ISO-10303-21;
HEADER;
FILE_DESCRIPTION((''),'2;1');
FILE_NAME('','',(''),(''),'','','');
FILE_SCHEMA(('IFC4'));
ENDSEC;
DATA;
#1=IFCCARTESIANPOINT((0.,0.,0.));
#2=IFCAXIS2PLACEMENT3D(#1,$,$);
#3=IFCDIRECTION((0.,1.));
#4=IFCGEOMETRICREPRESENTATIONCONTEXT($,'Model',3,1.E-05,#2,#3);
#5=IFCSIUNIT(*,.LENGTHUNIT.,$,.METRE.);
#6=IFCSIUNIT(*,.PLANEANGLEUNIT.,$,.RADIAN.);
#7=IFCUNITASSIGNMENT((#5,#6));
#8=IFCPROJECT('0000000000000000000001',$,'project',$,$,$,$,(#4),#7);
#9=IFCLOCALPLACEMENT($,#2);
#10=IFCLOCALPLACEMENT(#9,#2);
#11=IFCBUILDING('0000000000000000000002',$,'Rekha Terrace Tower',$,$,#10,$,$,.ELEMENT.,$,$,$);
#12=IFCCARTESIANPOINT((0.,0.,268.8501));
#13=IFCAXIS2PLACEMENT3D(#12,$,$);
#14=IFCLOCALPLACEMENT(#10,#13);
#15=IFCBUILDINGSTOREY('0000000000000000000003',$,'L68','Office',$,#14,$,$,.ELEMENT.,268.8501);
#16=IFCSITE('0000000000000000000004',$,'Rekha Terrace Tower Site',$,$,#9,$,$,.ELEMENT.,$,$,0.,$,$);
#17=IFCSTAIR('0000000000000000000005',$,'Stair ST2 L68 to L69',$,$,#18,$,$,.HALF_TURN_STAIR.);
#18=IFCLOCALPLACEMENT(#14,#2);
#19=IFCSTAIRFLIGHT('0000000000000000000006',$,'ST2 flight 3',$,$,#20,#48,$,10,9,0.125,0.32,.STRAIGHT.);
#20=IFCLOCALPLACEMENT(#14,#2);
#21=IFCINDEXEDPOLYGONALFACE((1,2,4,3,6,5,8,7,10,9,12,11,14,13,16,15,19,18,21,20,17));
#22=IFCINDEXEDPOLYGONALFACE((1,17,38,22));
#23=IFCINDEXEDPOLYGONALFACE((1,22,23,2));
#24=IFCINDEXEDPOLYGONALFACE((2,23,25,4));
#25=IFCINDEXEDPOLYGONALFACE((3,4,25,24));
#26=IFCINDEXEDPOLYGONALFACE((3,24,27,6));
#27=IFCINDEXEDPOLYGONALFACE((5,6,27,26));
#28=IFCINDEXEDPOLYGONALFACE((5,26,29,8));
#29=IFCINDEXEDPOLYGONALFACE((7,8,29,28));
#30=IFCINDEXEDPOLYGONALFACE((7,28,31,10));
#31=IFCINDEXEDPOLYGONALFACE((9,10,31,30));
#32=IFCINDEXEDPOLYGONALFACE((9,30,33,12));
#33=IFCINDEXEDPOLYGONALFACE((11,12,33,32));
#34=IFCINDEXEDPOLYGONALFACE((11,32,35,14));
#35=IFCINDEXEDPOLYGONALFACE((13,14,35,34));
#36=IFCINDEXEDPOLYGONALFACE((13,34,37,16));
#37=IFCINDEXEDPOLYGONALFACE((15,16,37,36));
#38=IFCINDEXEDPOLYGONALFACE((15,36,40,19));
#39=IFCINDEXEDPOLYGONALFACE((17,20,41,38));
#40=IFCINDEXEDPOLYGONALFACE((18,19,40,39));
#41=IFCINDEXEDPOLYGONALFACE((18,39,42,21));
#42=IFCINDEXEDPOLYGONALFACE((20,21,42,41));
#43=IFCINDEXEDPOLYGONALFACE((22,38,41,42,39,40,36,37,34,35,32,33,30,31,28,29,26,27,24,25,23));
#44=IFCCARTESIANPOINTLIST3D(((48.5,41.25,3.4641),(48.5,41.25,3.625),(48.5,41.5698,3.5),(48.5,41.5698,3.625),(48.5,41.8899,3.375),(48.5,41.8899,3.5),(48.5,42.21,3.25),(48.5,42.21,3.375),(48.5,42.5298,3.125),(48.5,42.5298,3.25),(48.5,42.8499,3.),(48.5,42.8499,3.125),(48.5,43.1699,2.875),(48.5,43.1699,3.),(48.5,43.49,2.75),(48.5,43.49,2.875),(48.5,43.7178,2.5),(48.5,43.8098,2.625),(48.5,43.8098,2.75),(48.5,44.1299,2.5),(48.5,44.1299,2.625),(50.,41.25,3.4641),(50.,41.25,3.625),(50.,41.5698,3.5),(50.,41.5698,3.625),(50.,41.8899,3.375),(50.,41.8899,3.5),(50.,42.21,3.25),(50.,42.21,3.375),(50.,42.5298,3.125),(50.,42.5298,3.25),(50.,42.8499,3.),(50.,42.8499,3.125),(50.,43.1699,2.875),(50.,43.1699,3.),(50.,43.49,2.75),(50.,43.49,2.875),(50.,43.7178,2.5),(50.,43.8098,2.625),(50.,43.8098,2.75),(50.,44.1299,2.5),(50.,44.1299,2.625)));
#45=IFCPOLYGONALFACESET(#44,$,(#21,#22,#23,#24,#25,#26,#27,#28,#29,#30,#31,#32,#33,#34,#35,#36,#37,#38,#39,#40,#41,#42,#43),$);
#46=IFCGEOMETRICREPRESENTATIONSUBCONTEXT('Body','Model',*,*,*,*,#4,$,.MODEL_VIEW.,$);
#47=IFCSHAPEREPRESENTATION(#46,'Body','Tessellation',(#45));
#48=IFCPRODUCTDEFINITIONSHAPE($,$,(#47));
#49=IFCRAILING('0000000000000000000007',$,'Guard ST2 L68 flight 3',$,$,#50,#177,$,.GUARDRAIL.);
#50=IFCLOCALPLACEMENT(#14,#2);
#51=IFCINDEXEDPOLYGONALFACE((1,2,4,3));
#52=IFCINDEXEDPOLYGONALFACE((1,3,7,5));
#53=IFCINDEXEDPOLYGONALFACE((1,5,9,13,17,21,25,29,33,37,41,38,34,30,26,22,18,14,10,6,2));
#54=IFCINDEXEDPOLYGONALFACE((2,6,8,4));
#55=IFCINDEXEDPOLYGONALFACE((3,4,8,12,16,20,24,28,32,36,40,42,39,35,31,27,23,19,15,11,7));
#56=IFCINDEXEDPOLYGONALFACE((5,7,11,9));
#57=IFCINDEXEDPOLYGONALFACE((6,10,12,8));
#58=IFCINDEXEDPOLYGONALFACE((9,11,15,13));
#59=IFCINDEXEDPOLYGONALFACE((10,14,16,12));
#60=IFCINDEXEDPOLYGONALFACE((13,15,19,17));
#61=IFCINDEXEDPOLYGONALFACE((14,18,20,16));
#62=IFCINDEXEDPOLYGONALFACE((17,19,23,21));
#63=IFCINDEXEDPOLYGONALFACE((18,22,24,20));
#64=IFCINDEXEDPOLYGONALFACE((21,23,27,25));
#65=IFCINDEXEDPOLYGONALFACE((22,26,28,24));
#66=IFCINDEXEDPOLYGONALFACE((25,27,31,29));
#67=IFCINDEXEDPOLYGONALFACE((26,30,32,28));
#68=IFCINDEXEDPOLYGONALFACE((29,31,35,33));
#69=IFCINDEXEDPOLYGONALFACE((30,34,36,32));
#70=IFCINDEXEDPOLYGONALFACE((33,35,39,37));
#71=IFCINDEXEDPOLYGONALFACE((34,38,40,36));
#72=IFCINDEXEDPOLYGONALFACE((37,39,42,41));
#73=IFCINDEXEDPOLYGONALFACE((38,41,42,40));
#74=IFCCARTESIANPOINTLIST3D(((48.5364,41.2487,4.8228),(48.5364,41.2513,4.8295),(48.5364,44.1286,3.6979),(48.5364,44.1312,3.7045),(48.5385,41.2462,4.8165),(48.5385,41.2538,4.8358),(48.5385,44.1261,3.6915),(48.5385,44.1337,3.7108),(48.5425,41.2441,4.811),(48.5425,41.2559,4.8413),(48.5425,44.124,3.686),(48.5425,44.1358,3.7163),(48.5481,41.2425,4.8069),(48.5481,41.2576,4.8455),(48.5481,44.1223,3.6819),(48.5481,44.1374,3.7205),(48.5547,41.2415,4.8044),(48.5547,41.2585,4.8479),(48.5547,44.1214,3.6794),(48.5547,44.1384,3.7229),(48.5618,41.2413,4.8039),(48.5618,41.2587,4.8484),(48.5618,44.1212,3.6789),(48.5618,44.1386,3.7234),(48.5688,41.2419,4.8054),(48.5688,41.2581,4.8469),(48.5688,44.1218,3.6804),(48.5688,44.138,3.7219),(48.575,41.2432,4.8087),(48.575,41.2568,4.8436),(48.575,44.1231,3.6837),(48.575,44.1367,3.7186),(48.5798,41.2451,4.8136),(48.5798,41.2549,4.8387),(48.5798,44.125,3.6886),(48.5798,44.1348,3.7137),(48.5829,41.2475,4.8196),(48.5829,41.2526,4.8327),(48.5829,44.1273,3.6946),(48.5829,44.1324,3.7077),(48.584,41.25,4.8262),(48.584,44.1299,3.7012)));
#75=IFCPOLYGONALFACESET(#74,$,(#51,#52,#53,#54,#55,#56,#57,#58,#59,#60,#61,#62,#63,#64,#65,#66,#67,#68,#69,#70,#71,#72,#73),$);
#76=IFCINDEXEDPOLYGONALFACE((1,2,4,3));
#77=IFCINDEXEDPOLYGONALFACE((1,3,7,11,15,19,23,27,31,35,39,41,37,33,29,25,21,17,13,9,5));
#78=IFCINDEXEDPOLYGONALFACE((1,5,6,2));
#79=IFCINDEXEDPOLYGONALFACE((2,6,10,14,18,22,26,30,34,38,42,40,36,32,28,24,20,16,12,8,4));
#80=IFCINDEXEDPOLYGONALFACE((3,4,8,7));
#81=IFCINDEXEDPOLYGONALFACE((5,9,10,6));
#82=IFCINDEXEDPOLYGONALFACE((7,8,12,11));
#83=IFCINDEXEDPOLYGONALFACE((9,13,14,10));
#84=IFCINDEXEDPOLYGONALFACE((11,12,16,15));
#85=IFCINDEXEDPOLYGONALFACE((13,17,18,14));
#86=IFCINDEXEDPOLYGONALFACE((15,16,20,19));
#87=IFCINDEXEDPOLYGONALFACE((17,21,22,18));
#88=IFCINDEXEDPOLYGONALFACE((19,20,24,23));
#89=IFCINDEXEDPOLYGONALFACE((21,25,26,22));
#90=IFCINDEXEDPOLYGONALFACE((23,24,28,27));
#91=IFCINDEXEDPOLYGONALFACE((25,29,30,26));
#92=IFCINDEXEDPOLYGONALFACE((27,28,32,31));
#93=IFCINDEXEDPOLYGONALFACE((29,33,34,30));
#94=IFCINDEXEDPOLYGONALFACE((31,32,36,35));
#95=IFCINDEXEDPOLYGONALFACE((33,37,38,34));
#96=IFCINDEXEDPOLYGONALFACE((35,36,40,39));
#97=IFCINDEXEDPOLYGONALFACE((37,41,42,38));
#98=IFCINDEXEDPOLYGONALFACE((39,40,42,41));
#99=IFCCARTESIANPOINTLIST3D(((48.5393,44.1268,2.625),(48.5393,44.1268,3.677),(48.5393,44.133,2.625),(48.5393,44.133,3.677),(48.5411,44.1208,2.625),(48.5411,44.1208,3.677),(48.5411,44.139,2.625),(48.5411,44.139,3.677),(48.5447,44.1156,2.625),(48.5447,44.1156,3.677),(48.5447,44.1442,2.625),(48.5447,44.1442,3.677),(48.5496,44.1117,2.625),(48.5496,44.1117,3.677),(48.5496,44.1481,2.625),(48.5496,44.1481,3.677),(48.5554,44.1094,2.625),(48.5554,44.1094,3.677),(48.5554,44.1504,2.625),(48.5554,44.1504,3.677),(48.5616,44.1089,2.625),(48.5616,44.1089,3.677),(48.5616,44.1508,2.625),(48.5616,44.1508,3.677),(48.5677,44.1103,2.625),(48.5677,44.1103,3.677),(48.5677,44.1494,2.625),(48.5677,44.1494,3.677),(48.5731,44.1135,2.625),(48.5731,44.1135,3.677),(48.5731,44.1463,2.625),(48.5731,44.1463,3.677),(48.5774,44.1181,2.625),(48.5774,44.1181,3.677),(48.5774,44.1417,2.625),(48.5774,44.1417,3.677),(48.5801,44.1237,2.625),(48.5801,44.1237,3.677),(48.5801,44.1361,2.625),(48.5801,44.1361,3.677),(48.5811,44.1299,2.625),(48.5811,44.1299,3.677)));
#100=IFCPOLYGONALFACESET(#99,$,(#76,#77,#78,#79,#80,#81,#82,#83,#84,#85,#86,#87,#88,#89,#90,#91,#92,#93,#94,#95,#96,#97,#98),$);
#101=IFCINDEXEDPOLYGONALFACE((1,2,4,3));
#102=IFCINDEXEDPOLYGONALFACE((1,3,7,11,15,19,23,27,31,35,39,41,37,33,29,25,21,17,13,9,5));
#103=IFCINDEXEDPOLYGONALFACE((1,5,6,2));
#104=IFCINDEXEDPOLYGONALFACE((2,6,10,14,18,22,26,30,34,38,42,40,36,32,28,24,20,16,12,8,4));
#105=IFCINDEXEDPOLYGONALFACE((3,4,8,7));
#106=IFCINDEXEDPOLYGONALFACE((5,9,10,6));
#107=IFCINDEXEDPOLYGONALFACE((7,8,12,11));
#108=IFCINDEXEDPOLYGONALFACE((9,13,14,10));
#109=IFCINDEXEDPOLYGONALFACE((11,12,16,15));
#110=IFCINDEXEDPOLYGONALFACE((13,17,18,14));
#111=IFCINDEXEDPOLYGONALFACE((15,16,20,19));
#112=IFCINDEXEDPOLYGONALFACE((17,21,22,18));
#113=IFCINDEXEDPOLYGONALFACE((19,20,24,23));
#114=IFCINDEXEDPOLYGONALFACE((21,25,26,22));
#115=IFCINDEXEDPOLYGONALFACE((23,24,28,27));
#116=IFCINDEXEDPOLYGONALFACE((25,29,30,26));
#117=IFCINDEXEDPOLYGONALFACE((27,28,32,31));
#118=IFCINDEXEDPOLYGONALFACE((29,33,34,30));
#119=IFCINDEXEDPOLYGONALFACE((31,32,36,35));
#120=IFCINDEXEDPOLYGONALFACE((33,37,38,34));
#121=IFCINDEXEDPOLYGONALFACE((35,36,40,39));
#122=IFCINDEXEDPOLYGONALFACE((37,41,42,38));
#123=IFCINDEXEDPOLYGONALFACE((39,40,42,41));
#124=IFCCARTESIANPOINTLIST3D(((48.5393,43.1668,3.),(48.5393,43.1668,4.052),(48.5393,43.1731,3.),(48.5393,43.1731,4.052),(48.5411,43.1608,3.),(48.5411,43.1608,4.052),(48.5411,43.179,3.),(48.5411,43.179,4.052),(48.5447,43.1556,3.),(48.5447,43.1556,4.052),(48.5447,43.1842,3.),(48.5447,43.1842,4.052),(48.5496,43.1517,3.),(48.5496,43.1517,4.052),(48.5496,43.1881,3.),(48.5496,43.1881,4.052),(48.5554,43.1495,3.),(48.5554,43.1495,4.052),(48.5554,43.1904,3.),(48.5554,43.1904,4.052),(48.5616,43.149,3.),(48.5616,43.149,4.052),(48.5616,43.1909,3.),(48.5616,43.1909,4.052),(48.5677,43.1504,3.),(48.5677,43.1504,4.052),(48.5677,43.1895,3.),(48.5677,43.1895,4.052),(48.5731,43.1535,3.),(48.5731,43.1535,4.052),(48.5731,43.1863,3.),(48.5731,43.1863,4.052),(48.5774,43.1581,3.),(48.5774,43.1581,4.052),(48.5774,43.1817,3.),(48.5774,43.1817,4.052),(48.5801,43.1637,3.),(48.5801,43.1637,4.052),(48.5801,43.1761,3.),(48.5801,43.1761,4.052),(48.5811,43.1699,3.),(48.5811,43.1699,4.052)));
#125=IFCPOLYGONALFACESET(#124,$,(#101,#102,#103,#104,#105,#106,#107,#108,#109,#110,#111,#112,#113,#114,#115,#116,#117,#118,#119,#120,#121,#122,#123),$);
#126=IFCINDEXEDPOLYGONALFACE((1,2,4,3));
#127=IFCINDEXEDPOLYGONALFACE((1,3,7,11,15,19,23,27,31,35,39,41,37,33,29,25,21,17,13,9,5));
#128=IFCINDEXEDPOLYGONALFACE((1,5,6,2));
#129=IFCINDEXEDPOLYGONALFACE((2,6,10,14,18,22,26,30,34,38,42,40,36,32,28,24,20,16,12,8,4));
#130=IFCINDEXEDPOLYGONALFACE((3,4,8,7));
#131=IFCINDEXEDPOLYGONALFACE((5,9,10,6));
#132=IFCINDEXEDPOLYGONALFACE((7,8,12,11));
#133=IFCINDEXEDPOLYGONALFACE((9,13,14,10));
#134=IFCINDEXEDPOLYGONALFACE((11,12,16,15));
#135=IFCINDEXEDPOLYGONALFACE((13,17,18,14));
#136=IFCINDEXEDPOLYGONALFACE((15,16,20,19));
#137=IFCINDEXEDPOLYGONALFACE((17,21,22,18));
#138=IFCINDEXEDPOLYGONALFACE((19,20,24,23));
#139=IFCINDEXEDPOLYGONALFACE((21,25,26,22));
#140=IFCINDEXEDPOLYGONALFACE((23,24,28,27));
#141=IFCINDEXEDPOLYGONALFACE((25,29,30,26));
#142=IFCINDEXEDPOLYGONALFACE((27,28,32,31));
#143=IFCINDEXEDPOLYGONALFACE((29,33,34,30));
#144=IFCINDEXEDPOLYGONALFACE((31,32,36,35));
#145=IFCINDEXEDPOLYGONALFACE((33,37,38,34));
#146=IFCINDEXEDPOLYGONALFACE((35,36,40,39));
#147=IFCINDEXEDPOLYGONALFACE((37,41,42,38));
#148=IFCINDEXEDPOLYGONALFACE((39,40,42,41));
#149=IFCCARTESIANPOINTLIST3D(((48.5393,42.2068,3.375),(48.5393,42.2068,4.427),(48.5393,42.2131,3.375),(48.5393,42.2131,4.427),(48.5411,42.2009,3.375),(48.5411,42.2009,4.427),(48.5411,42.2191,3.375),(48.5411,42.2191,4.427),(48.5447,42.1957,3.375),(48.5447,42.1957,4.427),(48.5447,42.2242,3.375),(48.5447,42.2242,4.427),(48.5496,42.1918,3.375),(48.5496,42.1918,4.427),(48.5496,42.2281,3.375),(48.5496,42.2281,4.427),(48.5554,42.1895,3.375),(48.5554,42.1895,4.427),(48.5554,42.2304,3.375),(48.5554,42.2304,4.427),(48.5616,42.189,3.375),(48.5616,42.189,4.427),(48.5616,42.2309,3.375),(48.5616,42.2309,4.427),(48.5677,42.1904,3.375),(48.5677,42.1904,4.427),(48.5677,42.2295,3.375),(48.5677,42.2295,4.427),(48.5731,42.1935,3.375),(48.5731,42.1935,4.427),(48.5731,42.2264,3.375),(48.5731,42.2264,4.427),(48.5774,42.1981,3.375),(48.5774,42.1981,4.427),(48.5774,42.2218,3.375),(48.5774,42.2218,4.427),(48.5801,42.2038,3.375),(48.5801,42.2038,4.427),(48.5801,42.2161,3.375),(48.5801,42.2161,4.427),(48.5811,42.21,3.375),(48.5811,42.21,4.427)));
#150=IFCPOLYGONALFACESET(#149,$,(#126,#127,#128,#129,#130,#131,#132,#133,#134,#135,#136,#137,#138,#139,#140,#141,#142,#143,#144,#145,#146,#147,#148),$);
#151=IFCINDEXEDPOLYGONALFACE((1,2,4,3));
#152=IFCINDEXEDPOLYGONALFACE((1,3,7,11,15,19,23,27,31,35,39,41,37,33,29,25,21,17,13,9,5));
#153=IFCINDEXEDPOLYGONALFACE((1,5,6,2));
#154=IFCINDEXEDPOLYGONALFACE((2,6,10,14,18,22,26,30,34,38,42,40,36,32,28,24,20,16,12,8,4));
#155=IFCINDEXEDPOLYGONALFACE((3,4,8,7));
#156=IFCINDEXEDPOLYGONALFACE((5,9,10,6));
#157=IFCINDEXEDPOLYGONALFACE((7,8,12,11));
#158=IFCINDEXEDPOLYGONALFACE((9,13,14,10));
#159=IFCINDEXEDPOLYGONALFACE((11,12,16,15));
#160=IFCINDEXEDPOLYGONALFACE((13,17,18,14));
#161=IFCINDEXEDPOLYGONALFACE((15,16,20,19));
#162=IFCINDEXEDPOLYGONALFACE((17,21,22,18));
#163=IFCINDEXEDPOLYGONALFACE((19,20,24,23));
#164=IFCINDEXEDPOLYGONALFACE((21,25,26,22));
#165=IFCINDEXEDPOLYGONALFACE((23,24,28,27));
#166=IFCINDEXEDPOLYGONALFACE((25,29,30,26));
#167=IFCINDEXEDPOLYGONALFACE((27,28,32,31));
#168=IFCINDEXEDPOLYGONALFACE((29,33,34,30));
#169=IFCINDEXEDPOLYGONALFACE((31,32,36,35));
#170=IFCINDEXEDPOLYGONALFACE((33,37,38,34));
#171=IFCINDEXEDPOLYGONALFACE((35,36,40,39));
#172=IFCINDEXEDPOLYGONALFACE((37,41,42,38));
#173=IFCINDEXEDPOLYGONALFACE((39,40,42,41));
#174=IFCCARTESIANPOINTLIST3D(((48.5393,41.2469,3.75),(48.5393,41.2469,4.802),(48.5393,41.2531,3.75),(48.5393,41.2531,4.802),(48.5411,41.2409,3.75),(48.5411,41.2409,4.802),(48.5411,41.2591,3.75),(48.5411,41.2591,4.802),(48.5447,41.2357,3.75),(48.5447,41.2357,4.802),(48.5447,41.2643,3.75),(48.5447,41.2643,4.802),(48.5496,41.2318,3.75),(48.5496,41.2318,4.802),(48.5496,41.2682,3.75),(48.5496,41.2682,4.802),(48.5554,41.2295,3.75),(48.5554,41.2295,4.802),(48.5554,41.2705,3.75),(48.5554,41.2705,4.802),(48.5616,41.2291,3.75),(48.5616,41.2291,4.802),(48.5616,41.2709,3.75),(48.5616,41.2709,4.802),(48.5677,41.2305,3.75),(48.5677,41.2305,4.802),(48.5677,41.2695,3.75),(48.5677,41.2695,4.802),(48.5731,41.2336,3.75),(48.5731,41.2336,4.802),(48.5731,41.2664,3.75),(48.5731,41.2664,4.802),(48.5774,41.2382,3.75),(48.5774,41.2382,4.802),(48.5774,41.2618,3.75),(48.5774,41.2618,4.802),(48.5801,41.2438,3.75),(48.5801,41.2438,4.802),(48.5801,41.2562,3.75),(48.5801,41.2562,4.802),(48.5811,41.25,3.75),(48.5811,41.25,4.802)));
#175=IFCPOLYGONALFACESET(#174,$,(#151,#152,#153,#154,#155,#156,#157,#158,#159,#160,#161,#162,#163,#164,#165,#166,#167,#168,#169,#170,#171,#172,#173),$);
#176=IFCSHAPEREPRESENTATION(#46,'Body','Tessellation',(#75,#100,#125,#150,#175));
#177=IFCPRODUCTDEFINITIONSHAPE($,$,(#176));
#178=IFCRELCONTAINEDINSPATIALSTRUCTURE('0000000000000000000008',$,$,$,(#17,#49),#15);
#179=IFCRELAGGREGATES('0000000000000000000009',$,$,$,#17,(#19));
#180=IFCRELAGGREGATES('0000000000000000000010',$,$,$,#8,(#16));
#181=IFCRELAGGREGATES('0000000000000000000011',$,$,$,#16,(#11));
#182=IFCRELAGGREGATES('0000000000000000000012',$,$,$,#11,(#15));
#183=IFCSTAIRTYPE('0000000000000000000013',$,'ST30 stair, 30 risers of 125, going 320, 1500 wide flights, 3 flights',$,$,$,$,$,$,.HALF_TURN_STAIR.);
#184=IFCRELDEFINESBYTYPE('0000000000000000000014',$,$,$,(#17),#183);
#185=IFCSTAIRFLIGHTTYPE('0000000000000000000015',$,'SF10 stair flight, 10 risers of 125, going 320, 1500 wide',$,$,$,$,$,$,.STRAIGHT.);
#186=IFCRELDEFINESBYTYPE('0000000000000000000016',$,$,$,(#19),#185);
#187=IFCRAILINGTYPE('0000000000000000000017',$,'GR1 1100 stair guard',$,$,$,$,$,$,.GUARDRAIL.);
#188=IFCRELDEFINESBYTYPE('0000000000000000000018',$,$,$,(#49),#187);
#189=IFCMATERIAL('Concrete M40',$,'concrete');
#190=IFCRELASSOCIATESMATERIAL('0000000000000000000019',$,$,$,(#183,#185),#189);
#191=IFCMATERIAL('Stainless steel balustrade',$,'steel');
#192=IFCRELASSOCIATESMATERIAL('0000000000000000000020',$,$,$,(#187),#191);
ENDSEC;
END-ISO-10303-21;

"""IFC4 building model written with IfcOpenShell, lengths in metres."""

from ifc_helpers import new_model, si_unit, direction, frame, origin, origin_2d, place, context, subcontext, project, spatial, polyline, circle, outline, extrude, material, type_object, element, aggregate, save


model = new_model("IFC4")

# Units and contexts
model_context = context("Model", 3, precision=1e-05, world=origin(), true_north=direction((0.0, 1.0)))
body_context = subcontext(model_context, "Body", "Model", "MODEL_VIEW")
ifc_project = project(units=[si_unit("LENGTHUNIT", "METRE"), si_unit("PLANEANGLEUNIT", "RADIAN")], contexts=[model_context])

# Site, building, storey
site_placement = place(None, origin())
site = spatial("IfcSite", under=ifc_project, at=site_placement, Name="Rekha Terrace Tower Site", CompositionType="ELEMENT", RefElevation=0.0)
building_placement = place(site_placement, origin())
building = spatial("IfcBuilding", under=site, at=building_placement, Name="Rekha Terrace Tower", CompositionType="ELEMENT")
storey_placement = place(building_placement, frame((0.0, 0.0, 268.8501)))
storey = spatial("IfcBuildingStorey", under=building, at=storey_placement, Name="L68", Description="Office", CompositionType="ELEMENT", Elevation=268.8501)

# Stair, stair flight
ifc_material_1 = material(Name="Concrete M40", Category="concrete")
stair_type = type_object("IfcStairType", Name="ST30 stair, 30 risers of 125, going 320, 1500 wide flights, 3 flights", PredefinedType="HALF_TURN_STAIR", material=ifc_material_1)
stair_placement = place(storey_placement, origin())
stair = element("IfcStair", 1, at=stair_placement, inside=storey, type_object=stair_type, Name="Stair ST2 L68 to L69", PredefinedType="HALF_TURN_STAIR")
stair_flight_type = type_object("IfcStairFlightType", Name="SF10 stair flight, 10 risers of 125, going 320, 1500 wide", PredefinedType="STRAIGHT", material=ifc_material_1)
stair_flight_placement = place(storey_placement, frame((49.25, 44.1299, 2.5), z_axis=(0.0, 0.0, 1.0), x_axis=(0.0, -1.0, 0.0)))
stair_flight = element("IfcStairFlight", 2, at=stair_flight_placement, type_object=stair_flight_type, Name="ST2 flight 3", NumberOfRisers=10, NumberOfTreads=9, PredefinedType="STRAIGHT", RiserHeight=0.125, TreadLength=0.32, context=body_context, shape_type="SweptSolid", body=[
    extrude(outline(polyline([(0.0, 0.0), (0.0, 0.125), (0.3201, 0.125), (0.3201, 0.25), (0.6399, 0.25), (0.6399, 0.375), (0.96, 0.375), (0.96, 0.5), (1.28, 0.5), (1.28, 0.625), (1.6001, 0.625), (1.6001, 0.75), (1.9199, 0.75), (1.9199, 0.875), (2.24, 0.875), (2.24, 1.0), (2.5601, 1.0), (2.5601, 1.125), (2.8799, 1.125), (2.8799, 1.25), (2.8799, 0.9641), (0.4121, 0.0), (0.0, 0.0)])), frame((0.0, 0.75, 0.0), z_axis=(0.0, -1.0, 0.0), x_axis=(1.0, 0.0, 0.0)), (0.0, 0.0, 1.0), 1.5),
])
aggregate(stair, [stair_flight])

# Railing
ifc_material_2 = material(Name="Stainless steel balustrade", Category="steel")
railing_type_1 = type_object("IfcRailingType", Name="GR1 1100 stair guard", PredefinedType="GUARDRAIL", material=ifc_material_2)
railing_1_placement = place(storey_placement, frame((48.5601, 44.1299, 2.625)))
element("IfcRailing", 3, at=railing_1_placement, inside=storey, type_object=railing_type_1, Name="Guard ST2 L68 flight 3", PredefinedType="GUARDRAIL", context=body_context, shape_type="SweptSolid", body=[
    extrude(circle(Radius=0.0239, at=origin_2d()), frame((0.0, 0.0, 1.0762), z_axis=(0.0, -0.931452, 0.363863), x_axis=(1.0, 0.0, 0.0)), (0.0, 0.0, 1.0), 3.0918),
    extrude(circle(Radius=0.021, at=origin_2d()), origin(), (0.0, 0.0, 1.0), 1.052),
    extrude(circle(Radius=0.021, at=origin_2d()), frame((0.0, -0.96, 0.375)), (0.0, 0.0, 1.0), 1.052),
    extrude(circle(Radius=0.021, at=origin_2d()), frame((0.0, -1.9199, 0.75)), (0.0, 0.0, 1.0), 1.052),
    extrude(circle(Radius=0.021, at=origin_2d()), frame((0.0, -2.8799, 1.125)), (0.0, 0.0, 1.0), 1.052),
])

save(model, "model.ifc")
